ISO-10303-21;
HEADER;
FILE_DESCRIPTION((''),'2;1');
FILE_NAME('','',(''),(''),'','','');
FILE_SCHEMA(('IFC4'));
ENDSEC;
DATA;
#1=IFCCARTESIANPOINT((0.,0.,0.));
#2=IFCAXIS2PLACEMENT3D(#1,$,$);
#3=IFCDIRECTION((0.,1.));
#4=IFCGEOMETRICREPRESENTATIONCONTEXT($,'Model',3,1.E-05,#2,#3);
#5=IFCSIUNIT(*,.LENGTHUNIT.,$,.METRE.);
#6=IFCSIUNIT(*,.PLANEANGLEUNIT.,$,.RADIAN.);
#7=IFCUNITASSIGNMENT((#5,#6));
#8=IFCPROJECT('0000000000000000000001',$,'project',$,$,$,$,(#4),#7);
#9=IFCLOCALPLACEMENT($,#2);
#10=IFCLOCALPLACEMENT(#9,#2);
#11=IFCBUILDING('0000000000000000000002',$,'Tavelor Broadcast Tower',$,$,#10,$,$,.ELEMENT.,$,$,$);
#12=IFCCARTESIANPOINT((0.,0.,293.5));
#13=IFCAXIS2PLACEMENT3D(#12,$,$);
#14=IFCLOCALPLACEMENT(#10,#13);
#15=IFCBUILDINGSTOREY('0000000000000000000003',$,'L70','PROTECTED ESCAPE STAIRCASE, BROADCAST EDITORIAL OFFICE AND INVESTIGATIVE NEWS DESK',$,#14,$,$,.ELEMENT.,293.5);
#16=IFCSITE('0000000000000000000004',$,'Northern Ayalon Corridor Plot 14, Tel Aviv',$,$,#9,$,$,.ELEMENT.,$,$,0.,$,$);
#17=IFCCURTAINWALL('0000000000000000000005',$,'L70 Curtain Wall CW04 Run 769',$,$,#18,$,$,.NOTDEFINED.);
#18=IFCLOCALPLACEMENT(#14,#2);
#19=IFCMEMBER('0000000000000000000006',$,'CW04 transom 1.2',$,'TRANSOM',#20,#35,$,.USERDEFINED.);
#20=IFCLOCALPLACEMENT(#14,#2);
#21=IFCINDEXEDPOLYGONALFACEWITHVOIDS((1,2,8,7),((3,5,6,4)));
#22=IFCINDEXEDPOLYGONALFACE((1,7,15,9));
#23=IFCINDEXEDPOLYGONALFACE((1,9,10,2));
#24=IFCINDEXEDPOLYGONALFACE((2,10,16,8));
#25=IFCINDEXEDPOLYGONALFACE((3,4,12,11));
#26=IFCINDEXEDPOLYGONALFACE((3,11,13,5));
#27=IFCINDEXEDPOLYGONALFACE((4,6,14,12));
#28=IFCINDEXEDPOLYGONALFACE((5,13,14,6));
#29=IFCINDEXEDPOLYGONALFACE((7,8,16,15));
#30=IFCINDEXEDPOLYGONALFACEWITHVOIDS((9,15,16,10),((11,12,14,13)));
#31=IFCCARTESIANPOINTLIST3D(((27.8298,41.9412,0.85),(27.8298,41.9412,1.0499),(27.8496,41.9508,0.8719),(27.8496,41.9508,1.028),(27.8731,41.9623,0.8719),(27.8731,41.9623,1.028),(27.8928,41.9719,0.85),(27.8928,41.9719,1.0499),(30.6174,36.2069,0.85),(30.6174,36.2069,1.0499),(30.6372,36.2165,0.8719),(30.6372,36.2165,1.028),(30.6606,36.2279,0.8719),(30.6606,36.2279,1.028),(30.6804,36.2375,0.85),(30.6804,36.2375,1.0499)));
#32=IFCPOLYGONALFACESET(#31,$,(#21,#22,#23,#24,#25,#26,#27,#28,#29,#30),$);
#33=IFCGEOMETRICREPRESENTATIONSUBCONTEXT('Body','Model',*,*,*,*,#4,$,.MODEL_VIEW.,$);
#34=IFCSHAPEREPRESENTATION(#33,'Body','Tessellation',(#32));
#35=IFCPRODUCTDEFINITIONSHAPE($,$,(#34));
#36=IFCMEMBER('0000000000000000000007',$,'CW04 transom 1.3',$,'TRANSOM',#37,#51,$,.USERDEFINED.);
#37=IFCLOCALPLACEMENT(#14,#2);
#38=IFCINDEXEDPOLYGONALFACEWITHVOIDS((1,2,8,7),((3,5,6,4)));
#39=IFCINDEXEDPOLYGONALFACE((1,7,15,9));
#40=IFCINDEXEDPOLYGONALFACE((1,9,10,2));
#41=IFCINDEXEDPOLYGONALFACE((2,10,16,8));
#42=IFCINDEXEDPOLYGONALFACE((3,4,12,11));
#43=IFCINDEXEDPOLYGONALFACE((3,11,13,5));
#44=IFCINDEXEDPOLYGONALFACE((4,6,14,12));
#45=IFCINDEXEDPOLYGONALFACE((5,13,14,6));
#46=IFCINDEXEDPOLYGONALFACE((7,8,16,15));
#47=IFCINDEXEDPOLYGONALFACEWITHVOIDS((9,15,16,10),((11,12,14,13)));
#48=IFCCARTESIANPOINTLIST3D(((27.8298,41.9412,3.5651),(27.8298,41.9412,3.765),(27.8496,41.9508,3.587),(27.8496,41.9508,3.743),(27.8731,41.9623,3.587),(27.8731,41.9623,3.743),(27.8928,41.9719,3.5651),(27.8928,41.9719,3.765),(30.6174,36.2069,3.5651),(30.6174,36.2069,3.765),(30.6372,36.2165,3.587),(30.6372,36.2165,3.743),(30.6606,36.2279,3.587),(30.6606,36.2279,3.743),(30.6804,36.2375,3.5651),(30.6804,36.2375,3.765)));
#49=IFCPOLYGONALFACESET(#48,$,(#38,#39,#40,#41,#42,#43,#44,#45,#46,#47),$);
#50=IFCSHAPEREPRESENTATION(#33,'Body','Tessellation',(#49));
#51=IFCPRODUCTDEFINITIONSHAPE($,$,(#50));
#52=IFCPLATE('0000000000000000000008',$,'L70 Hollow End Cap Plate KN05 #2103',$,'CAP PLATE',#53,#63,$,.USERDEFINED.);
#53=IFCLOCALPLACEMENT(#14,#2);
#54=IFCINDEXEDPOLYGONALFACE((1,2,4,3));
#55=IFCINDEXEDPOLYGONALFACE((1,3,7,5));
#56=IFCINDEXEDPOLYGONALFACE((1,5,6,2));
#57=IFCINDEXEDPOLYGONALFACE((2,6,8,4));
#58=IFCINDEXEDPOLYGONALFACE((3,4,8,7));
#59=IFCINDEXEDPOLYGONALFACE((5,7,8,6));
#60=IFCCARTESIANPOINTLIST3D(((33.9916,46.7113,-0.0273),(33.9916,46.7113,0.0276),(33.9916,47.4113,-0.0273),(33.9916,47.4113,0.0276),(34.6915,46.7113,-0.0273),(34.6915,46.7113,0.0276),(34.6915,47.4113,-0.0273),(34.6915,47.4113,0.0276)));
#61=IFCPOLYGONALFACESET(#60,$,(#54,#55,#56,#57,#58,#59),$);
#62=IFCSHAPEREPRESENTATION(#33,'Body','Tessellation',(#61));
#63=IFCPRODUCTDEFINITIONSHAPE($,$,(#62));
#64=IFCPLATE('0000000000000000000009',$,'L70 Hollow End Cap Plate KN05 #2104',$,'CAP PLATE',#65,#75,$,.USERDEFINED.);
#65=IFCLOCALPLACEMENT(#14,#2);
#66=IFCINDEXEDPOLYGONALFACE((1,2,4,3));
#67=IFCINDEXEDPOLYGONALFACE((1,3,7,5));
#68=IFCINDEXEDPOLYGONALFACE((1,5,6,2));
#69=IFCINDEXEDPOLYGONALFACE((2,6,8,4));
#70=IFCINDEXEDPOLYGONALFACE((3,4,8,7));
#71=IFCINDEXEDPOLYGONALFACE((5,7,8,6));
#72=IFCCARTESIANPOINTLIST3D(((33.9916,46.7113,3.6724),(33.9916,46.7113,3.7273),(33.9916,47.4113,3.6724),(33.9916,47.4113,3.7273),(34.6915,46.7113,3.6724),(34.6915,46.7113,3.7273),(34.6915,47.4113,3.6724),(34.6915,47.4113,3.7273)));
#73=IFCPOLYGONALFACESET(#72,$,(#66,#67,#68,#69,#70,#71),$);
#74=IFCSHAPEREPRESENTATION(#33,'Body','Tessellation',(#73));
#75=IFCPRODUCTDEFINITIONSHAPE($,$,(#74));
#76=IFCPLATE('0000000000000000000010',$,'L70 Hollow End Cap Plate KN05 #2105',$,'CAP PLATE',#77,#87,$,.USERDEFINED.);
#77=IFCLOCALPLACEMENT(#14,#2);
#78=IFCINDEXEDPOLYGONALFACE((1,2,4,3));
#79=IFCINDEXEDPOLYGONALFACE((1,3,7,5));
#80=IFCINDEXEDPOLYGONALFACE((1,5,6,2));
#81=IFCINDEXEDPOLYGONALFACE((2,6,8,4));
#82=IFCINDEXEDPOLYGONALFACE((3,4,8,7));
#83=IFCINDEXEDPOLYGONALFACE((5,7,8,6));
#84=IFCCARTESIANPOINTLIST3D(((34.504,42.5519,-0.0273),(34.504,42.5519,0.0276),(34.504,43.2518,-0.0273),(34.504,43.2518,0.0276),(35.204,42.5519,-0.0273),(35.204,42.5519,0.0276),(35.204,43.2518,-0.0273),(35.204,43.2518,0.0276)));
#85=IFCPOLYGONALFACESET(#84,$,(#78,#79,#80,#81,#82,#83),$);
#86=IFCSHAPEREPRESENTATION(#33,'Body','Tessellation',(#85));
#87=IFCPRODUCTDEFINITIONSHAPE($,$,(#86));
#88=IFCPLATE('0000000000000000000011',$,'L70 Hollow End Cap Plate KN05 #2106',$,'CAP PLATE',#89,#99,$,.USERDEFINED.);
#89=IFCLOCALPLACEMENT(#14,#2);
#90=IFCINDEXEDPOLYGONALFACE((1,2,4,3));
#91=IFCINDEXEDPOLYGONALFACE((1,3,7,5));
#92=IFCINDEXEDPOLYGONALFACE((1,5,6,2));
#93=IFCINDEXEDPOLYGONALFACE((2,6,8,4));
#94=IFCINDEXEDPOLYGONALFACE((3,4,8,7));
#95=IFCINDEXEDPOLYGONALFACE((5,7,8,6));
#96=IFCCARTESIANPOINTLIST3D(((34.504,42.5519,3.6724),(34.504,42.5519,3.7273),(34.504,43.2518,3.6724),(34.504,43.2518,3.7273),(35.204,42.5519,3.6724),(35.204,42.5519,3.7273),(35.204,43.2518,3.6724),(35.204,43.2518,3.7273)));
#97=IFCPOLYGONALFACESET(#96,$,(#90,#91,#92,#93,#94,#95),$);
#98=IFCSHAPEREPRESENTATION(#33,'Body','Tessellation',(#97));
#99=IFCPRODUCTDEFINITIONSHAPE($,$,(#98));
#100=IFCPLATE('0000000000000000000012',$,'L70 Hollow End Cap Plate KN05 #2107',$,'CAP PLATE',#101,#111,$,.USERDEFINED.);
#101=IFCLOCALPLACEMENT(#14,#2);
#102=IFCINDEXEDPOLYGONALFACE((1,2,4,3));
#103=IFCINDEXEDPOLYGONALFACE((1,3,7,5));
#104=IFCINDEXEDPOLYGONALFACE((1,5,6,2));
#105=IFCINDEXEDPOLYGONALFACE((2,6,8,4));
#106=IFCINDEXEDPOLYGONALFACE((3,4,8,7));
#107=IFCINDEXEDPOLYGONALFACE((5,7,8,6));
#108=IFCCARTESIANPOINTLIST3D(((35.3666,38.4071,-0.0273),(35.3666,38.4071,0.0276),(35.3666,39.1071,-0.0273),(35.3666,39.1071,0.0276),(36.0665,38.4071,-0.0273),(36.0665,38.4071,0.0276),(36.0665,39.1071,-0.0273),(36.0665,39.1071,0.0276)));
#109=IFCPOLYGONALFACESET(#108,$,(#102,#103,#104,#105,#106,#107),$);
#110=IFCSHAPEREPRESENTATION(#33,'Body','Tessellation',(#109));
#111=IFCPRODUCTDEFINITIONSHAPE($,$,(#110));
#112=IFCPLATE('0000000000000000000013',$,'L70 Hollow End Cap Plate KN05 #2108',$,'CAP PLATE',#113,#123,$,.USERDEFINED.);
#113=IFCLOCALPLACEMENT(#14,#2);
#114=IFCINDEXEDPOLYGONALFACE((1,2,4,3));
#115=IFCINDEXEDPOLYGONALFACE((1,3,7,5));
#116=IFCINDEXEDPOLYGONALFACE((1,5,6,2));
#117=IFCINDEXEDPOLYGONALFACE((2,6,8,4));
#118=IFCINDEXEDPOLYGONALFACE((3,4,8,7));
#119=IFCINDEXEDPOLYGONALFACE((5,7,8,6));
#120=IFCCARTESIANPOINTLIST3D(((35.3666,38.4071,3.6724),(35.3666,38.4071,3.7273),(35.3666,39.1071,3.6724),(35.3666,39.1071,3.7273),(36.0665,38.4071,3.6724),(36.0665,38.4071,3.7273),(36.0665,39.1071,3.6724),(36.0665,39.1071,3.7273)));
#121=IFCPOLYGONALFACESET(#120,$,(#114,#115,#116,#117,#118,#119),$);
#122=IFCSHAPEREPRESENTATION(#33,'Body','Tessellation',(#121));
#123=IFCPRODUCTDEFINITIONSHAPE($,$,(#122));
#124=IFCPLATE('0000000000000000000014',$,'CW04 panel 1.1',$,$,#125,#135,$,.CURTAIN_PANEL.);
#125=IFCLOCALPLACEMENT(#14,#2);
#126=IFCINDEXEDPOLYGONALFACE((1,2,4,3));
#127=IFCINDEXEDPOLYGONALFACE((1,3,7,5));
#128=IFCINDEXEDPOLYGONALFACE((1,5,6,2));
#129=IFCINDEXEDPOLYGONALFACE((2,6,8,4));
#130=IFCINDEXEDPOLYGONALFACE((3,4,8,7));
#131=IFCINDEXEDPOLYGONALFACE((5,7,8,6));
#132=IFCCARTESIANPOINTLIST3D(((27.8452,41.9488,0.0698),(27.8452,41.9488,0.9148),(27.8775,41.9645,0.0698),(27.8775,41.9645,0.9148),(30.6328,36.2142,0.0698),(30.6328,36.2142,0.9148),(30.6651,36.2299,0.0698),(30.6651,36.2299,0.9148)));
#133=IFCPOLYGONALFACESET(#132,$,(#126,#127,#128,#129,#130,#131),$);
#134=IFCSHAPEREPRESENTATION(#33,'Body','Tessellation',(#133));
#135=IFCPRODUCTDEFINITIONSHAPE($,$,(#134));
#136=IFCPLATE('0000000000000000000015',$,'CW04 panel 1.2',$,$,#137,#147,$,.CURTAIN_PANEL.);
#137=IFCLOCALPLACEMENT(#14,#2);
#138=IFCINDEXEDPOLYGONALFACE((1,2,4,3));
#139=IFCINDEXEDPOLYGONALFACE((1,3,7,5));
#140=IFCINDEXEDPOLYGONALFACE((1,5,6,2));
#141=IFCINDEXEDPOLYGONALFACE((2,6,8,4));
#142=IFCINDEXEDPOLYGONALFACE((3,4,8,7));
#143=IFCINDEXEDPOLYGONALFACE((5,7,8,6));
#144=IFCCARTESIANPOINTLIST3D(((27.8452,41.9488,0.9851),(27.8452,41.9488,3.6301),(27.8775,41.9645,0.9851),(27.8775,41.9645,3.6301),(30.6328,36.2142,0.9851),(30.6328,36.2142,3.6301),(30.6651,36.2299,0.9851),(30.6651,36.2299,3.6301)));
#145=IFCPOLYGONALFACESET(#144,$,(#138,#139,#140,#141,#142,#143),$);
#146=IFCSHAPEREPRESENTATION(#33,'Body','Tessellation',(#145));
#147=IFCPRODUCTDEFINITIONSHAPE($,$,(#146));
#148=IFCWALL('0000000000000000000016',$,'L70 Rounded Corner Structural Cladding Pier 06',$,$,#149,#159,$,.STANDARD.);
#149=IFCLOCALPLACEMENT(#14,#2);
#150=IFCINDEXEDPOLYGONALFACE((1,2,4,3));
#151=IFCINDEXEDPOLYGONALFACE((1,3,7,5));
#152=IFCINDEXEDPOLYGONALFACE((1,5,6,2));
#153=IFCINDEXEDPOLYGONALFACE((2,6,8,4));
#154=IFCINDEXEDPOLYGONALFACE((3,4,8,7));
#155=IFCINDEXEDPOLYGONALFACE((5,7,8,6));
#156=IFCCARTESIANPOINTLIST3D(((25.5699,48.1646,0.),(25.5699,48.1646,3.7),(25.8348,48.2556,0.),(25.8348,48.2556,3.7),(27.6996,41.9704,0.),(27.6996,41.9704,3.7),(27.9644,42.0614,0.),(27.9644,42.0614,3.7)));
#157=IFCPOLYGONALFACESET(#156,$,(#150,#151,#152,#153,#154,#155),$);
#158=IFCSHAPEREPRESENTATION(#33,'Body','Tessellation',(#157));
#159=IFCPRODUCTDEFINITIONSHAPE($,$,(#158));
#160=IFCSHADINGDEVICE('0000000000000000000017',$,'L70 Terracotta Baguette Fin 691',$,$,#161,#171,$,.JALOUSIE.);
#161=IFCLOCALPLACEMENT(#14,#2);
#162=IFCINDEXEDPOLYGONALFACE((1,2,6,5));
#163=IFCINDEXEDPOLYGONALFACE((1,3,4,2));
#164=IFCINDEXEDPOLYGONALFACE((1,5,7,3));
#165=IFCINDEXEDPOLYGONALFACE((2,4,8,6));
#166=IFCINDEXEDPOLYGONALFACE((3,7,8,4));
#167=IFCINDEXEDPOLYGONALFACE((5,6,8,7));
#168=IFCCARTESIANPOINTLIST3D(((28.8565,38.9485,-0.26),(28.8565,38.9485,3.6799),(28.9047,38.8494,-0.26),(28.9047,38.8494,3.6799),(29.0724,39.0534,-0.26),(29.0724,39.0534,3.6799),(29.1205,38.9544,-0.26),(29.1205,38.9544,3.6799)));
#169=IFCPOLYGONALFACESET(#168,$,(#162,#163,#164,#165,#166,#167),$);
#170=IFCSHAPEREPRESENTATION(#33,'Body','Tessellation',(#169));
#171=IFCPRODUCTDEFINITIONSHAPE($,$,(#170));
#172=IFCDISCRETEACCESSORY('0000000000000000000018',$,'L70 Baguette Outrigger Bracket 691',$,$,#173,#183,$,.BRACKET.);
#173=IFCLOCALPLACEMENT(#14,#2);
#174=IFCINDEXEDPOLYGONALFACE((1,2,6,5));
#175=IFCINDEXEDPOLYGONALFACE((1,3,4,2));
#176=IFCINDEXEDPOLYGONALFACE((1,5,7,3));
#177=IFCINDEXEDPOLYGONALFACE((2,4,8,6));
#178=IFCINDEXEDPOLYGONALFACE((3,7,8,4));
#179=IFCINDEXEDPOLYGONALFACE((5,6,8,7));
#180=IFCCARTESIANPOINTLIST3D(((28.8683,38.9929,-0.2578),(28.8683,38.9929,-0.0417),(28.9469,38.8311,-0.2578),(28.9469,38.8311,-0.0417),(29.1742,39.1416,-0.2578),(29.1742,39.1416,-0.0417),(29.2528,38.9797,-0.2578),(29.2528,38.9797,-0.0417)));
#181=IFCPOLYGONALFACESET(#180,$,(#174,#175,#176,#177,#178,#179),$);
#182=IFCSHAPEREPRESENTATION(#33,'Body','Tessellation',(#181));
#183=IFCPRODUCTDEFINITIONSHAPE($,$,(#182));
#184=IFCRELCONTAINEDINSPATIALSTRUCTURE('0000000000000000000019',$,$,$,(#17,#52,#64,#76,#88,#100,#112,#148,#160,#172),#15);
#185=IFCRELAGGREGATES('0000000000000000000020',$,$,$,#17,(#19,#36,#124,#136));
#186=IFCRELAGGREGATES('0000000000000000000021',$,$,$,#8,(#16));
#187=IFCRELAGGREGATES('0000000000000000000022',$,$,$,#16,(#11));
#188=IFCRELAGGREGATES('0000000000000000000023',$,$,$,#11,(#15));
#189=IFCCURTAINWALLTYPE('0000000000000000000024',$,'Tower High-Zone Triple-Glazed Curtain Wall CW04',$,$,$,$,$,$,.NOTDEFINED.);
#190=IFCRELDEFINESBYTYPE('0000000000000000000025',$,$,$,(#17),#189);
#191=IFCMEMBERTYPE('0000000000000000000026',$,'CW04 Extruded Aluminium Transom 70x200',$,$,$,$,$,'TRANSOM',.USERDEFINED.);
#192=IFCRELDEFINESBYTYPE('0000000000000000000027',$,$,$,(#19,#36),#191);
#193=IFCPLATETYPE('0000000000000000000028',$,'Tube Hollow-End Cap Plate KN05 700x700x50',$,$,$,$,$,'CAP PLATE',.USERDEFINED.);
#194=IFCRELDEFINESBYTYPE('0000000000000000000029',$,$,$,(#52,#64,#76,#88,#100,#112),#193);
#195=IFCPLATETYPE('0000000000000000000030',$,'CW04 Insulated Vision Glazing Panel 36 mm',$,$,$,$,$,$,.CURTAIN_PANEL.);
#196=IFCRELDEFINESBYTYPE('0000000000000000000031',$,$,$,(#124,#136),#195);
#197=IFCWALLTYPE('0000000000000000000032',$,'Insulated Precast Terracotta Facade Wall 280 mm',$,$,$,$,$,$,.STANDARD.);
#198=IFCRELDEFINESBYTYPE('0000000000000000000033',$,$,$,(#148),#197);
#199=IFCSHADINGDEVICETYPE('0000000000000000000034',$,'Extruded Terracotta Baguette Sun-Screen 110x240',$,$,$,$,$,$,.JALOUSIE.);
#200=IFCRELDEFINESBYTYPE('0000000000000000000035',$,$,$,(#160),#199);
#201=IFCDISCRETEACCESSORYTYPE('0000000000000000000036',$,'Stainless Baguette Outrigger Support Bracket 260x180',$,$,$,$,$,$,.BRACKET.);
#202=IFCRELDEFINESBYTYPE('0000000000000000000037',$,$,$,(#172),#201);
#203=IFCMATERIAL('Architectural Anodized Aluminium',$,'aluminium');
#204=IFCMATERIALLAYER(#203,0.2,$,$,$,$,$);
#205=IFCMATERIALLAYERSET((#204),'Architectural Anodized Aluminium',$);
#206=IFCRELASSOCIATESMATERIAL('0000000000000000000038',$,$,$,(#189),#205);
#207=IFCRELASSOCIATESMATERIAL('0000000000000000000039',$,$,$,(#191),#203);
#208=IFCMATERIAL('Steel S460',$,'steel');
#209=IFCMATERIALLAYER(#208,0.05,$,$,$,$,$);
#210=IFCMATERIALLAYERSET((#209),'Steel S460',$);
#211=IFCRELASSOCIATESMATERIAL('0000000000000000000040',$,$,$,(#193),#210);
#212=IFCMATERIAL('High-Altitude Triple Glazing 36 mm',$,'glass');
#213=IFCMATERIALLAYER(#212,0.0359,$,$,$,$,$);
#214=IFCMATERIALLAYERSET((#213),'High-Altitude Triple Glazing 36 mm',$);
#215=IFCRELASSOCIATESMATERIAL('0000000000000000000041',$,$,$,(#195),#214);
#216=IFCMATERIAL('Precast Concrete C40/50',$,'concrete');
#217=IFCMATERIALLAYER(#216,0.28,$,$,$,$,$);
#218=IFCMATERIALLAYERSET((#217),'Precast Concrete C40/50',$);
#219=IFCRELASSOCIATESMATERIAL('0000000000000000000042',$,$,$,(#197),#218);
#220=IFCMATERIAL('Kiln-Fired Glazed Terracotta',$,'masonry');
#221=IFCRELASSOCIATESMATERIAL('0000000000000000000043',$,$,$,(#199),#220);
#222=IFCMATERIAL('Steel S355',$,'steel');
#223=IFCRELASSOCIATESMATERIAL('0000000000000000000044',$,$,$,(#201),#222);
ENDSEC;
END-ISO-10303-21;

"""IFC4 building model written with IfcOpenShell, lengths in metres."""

from ifc_helpers import new_model, si_unit, direction, frame, frame_2d, origin, origin_2d, place, context, subcontext, project, spatial, rectangle, hollow_rectangle, extrude, source, transform, mapped, material, layer, layer_set, material_profile, profile_set, type_object, type_shapes, element, aggregate, save


model = new_model("IFC4")

# Units and contexts
model_context = context("Model", 3, precision=1e-05, world=origin(), true_north=direction((0.0, 1.0)))
body_context = subcontext(model_context, "Body", "Model", "MODEL_VIEW")
ifc_project = project(units=[si_unit("LENGTHUNIT", "METRE"), si_unit("PLANEANGLEUNIT", "RADIAN")], contexts=[model_context])

# Site, building, storey
site_placement = place(None, origin())
site = spatial("IfcSite", under=ifc_project, at=site_placement, Name="Northern Ayalon Corridor Plot 14, Tel Aviv", CompositionType="ELEMENT", RefElevation=0.0)
building_placement = place(site_placement, origin())
building = spatial("IfcBuilding", under=site, at=building_placement, Name="Tavelor Broadcast Tower", CompositionType="ELEMENT")
storey_placement = place(building_placement, frame((0.0, 0.0, 293.5)))
storey = spatial("IfcBuildingStorey", under=building, at=storey_placement, Name="L70", Description="PROTECTED ESCAPE STAIRCASE, BROADCAST EDITORIAL OFFICE AND INVESTIGATIVE NEWS DESK", CompositionType="ELEMENT", Elevation=293.5)

# Shared definitions
ifc_material_1 = material(Name="Steel S460", Category="steel")

# Shared definitions
ifc_material_2 = material(Name="Steel S355", Category="steel")

# Curtain wall, members
ifc_material_3 = material(Name="Architectural Anodized Aluminium", Category="aluminium")
ifc_layer_1 = layer(ifc_material_3, 0.2)
ifc_layer_set_1 = layer_set([ifc_layer_1], Name="Architectural Anodized Aluminium")
curtain_wall_type = type_object("IfcCurtainWallType", Name="Tower High-Zone Triple-Glazed Curtain Wall CW04", PredefinedType="NOTDEFINED", material=ifc_layer_set_1)
curtain_wall_placement = place(storey_placement, origin())
curtain_wall = element("IfcCurtainWall", 1, at=curtain_wall_placement, inside=storey, type_object=curtain_wall_type, Name="L70 Curtain Wall CW04 Run 769", PredefinedType="NOTDEFINED")
ifc_material_profile_1 = material_profile(ifc_material_3, hollow_rectangle(XDim=0.0701, YDim=0.2, WallThickness=0.022, at=origin_2d()), Name="RHS 70x200x22")
ifc_profile_set_1 = profile_set([ifc_material_profile_1], Name="Architectural Anodized Aluminium")
member_type_1 = type_object("IfcMemberType", Name="CW04 Extruded Aluminium Transom 70x200", ElementType="TRANSOM", PredefinedType="USERDEFINED", material=ifc_profile_set_1)
shared_shape_1 = source(origin(), body_context, "Body", "SweptSolid", [
    extrude(hollow_rectangle(XDim=0.0701, YDim=0.2, WallThickness=0.022, at=origin_2d()), origin(), (0.0, 0.0, 1.0), 6.376),
])
type_shapes(member_type_1, [shared_shape_1])
member_1_placement = place(storey_placement, frame((27.8613, 41.9565, 0.95), z_axis=(0.4372, -0.899365, 0.0), x_axis=(0.899365, 0.4372, 0.0)))
member_1 = element("IfcMember", 2, at=member_1_placement, type_object=member_type_1, Name="CW04 transom 1.2", ObjectType="TRANSOM", PredefinedType="USERDEFINED", context=body_context, shape_type="MappedRepresentation", body=[
    mapped(shared_shape_1, transform((0.0, 0.0, 0.0), scale=1.0)),
])
member_2_placement = place(storey_placement, frame((27.8613, 41.9565, 3.665), z_axis=(0.4372, -0.899365, 0.0), x_axis=(0.899365, 0.4372, 0.0)))
member_2 = element("IfcMember", 3, at=member_2_placement, type_object=member_type_1, Name="CW04 transom 1.3", ObjectType="TRANSOM", PredefinedType="USERDEFINED", context=body_context, shape_type="MappedRepresentation", body=[
    mapped(shared_shape_1, transform((0.0, 0.0, 0.0), scale=1.0)),
])

# Plates
ifc_layer_2 = layer(ifc_material_1, 0.05)
ifc_layer_set_2 = layer_set([ifc_layer_2], Name="Steel S460")
plate_type_1 = type_object("IfcPlateType", Name="Tube Hollow-End Cap Plate KN05 700x700x50", ElementType="CAP PLATE", PredefinedType="USERDEFINED", material=ifc_layer_set_2)
shared_shape_2 = source(origin(), body_context, "Body", "SweptSolid", [
    extrude(rectangle(XDim=0.7, YDim=0.7, at=origin_2d()), origin(), (0.0, 0.0, 1.0), 0.0549),
])
type_shapes(plate_type_1, [shared_shape_2])
for number, where, z_axis, x_axis, name in (
    (4, (34.3416, 47.0613, -0.0273), (0.0, 0.0, 1.0), (1.0, 0.0, 0.0), "L70 Hollow End Cap Plate KN05 #2103"),
    (5, (34.3416, 47.0613, 3.6724), (0.0, 0.0, 1.0), (1.0, 0.0, 0.0), "L70 Hollow End Cap Plate KN05 #2104"),
    (6, (34.854, 42.9019, -0.0273), (0.0, 0.0, 1.0), (1.0, 0.0, 0.0), "L70 Hollow End Cap Plate KN05 #2105"),
    (7, (34.854, 42.9019, 3.6724), (0.0, 0.0, 1.0), (1.0, 0.0, 0.0), "L70 Hollow End Cap Plate KN05 #2106"),
    (8, (35.7166, 38.7571, -0.0273), (0.0, 0.0, 1.0), (1.0, 0.0, 0.0), "L70 Hollow End Cap Plate KN05 #2107"),
    (9, (35.7166, 38.7571, 3.6724), (0.0, 0.0, 1.0), (1.0, 0.0, 0.0), "L70 Hollow End Cap Plate KN05 #2108"),
):
    element("IfcPlate", number, at=place(storey_placement, frame(where, z_axis=z_axis, x_axis=x_axis)), inside=storey, type_object=plate_type_1, Name=name, ObjectType="CAP PLATE", PredefinedType="USERDEFINED", context=body_context, shape_type="MappedRepresentation", body=[
        mapped(shared_shape_2, transform((0.0, 0.0, 0.0), scale=1.0)),
    ])

# Plates
ifc_material_4 = material(Name="High-Altitude Triple Glazing 36 mm", Category="glass")
ifc_layer_3 = layer(ifc_material_4, 0.0359)
ifc_layer_set_3 = layer_set([ifc_layer_3], Name="High-Altitude Triple Glazing 36 mm")
plate_type_2 = type_object("IfcPlateType", Name="CW04 Insulated Vision Glazing Panel 36 mm", PredefinedType="CURTAIN_PANEL", material=ifc_layer_set_3)
shared_shape_3 = source(origin(), body_context, "Body", "SweptSolid", [
    extrude(rectangle(XDim=6.3762, YDim=0.0359, at=origin_2d()), origin(), (0.0, 0.0, 1.0), 0.845),
])
plate_1_placement = place(storey_placement, frame((29.2551, 39.0894, 0.0698), z_axis=(0.0, 0.0, 1.0), x_axis=(0.437186, -0.899371, 0.0)))
plate_1 = element("IfcPlate", 10, at=plate_1_placement, type_object=plate_type_2, Name="CW04 panel 1.1", PredefinedType="CURTAIN_PANEL", context=body_context, shape_type="MappedRepresentation", body=[
    mapped(shared_shape_3, transform((0.0, 0.0, 0.0), scale=1.0)),
])
shared_shape_4 = source(origin(), body_context, "Body", "SweptSolid", [
    extrude(rectangle(XDim=6.3762, YDim=0.0359, at=origin_2d()), origin(), (0.0, 0.0, 1.0), 2.645),
])
type_shapes(plate_type_2, [shared_shape_3, shared_shape_4])
plate_2_placement = place(storey_placement, frame((29.2551, 39.0894, 0.9851), z_axis=(0.0, 0.0, 1.0), x_axis=(0.437186, -0.899371, 0.0)))
plate_2 = element("IfcPlate", 11, at=plate_2_placement, type_object=plate_type_2, Name="CW04 panel 1.2", PredefinedType="CURTAIN_PANEL", context=body_context, shape_type="MappedRepresentation", body=[
    mapped(shared_shape_4, transform((0.0, 0.0, 0.0), scale=1.0)),
])
aggregate(curtain_wall, [member_1, member_2, plate_1, plate_2])

# Wall
ifc_material_5 = material(Name="Precast Concrete C40/50", Category="concrete")
ifc_layer_4 = layer(ifc_material_5, 0.28)
ifc_layer_set_4 = layer_set([ifc_layer_4], Name="Precast Concrete C40/50")
wall_type = type_object("IfcWallType", Name="Insulated Precast Terracotta Facade Wall 280 mm", PredefinedType="STANDARD", material=ifc_layer_set_4)
wall_placement = place(storey_placement, frame((25.7024, 48.21, 0.0), z_axis=(0.0, 0.0, 1.0), x_axis=(0.325137, -0.945667, 0.0)))
element("IfcWall", 12, at=wall_placement, inside=storey, type_object=wall_type, Name="L70 Rounded Corner Structural Cladding Pier 06", PredefinedType="STANDARD", context=body_context, shape_type="SweptSolid", body=[
    extrude(rectangle(XDim=6.55, YDim=0.28, at=frame_2d((3.2749, 0.0))), origin(), (0.0, 0.0, 1.0), 3.7),
])

# Shading device
ifc_material_6 = material(Name="Kiln-Fired Glazed Terracotta", Category="masonry")
shading_device_type = type_object("IfcShadingDeviceType", Name="Extruded Terracotta Baguette Sun-Screen 110x240", PredefinedType="JALOUSIE", material=ifc_material_6)
shared_shape_5 = source(origin(), body_context, "Body", "SweptSolid", [
    extrude(rectangle(XDim=0.1101, YDim=0.24, at=origin_2d()), origin(), (0.0, 0.0, 1.0), 3.9399),
])
type_shapes(shading_device_type, [shared_shape_5])
shading_device_placement = place(storey_placement, frame((28.9885, 38.9514, -0.26), z_axis=(0.0, 0.0, 1.0), x_axis=(0.437116, -0.899405, 0.0)))
element("IfcShadingDevice", 13, at=shading_device_placement, inside=storey, type_object=shading_device_type, Name="L70 Terracotta Baguette Fin 691", PredefinedType="JALOUSIE", context=body_context, shape_type="MappedRepresentation", body=[
    mapped(shared_shape_5, transform((0.0, 0.0, 0.0), scale=1.0)),
])

# Discrete accessory
discrete_accessory_type = type_object("IfcDiscreteAccessoryType", Name="Stainless Baguette Outrigger Support Bracket 260x180", PredefinedType="BRACKET", material=ifc_material_2)
shared_shape_6 = source(origin(), body_context, "Body", "SweptSolid", [
    extrude(rectangle(XDim=0.1799, YDim=0.3401, at=origin_2d()), origin(), (0.0, 0.0, 1.0), 0.2161),
])
type_shapes(discrete_accessory_type, [shared_shape_6])
discrete_accessory_placement = place(storey_placement, frame((29.0605, 38.9863, -0.2578), z_axis=(0.0, 0.0, 1.0), x_axis=(0.437116, -0.899405, 0.0)))
element("IfcDiscreteAccessory", 14, at=discrete_accessory_placement, inside=storey, type_object=discrete_accessory_type, Name="L70 Baguette Outrigger Bracket 691", PredefinedType="BRACKET", context=body_context, shape_type="MappedRepresentation", body=[
    mapped(shared_shape_6, transform((0.0, 0.0, 0.0), scale=1.0)),
])

save(model, "model.ifc")
